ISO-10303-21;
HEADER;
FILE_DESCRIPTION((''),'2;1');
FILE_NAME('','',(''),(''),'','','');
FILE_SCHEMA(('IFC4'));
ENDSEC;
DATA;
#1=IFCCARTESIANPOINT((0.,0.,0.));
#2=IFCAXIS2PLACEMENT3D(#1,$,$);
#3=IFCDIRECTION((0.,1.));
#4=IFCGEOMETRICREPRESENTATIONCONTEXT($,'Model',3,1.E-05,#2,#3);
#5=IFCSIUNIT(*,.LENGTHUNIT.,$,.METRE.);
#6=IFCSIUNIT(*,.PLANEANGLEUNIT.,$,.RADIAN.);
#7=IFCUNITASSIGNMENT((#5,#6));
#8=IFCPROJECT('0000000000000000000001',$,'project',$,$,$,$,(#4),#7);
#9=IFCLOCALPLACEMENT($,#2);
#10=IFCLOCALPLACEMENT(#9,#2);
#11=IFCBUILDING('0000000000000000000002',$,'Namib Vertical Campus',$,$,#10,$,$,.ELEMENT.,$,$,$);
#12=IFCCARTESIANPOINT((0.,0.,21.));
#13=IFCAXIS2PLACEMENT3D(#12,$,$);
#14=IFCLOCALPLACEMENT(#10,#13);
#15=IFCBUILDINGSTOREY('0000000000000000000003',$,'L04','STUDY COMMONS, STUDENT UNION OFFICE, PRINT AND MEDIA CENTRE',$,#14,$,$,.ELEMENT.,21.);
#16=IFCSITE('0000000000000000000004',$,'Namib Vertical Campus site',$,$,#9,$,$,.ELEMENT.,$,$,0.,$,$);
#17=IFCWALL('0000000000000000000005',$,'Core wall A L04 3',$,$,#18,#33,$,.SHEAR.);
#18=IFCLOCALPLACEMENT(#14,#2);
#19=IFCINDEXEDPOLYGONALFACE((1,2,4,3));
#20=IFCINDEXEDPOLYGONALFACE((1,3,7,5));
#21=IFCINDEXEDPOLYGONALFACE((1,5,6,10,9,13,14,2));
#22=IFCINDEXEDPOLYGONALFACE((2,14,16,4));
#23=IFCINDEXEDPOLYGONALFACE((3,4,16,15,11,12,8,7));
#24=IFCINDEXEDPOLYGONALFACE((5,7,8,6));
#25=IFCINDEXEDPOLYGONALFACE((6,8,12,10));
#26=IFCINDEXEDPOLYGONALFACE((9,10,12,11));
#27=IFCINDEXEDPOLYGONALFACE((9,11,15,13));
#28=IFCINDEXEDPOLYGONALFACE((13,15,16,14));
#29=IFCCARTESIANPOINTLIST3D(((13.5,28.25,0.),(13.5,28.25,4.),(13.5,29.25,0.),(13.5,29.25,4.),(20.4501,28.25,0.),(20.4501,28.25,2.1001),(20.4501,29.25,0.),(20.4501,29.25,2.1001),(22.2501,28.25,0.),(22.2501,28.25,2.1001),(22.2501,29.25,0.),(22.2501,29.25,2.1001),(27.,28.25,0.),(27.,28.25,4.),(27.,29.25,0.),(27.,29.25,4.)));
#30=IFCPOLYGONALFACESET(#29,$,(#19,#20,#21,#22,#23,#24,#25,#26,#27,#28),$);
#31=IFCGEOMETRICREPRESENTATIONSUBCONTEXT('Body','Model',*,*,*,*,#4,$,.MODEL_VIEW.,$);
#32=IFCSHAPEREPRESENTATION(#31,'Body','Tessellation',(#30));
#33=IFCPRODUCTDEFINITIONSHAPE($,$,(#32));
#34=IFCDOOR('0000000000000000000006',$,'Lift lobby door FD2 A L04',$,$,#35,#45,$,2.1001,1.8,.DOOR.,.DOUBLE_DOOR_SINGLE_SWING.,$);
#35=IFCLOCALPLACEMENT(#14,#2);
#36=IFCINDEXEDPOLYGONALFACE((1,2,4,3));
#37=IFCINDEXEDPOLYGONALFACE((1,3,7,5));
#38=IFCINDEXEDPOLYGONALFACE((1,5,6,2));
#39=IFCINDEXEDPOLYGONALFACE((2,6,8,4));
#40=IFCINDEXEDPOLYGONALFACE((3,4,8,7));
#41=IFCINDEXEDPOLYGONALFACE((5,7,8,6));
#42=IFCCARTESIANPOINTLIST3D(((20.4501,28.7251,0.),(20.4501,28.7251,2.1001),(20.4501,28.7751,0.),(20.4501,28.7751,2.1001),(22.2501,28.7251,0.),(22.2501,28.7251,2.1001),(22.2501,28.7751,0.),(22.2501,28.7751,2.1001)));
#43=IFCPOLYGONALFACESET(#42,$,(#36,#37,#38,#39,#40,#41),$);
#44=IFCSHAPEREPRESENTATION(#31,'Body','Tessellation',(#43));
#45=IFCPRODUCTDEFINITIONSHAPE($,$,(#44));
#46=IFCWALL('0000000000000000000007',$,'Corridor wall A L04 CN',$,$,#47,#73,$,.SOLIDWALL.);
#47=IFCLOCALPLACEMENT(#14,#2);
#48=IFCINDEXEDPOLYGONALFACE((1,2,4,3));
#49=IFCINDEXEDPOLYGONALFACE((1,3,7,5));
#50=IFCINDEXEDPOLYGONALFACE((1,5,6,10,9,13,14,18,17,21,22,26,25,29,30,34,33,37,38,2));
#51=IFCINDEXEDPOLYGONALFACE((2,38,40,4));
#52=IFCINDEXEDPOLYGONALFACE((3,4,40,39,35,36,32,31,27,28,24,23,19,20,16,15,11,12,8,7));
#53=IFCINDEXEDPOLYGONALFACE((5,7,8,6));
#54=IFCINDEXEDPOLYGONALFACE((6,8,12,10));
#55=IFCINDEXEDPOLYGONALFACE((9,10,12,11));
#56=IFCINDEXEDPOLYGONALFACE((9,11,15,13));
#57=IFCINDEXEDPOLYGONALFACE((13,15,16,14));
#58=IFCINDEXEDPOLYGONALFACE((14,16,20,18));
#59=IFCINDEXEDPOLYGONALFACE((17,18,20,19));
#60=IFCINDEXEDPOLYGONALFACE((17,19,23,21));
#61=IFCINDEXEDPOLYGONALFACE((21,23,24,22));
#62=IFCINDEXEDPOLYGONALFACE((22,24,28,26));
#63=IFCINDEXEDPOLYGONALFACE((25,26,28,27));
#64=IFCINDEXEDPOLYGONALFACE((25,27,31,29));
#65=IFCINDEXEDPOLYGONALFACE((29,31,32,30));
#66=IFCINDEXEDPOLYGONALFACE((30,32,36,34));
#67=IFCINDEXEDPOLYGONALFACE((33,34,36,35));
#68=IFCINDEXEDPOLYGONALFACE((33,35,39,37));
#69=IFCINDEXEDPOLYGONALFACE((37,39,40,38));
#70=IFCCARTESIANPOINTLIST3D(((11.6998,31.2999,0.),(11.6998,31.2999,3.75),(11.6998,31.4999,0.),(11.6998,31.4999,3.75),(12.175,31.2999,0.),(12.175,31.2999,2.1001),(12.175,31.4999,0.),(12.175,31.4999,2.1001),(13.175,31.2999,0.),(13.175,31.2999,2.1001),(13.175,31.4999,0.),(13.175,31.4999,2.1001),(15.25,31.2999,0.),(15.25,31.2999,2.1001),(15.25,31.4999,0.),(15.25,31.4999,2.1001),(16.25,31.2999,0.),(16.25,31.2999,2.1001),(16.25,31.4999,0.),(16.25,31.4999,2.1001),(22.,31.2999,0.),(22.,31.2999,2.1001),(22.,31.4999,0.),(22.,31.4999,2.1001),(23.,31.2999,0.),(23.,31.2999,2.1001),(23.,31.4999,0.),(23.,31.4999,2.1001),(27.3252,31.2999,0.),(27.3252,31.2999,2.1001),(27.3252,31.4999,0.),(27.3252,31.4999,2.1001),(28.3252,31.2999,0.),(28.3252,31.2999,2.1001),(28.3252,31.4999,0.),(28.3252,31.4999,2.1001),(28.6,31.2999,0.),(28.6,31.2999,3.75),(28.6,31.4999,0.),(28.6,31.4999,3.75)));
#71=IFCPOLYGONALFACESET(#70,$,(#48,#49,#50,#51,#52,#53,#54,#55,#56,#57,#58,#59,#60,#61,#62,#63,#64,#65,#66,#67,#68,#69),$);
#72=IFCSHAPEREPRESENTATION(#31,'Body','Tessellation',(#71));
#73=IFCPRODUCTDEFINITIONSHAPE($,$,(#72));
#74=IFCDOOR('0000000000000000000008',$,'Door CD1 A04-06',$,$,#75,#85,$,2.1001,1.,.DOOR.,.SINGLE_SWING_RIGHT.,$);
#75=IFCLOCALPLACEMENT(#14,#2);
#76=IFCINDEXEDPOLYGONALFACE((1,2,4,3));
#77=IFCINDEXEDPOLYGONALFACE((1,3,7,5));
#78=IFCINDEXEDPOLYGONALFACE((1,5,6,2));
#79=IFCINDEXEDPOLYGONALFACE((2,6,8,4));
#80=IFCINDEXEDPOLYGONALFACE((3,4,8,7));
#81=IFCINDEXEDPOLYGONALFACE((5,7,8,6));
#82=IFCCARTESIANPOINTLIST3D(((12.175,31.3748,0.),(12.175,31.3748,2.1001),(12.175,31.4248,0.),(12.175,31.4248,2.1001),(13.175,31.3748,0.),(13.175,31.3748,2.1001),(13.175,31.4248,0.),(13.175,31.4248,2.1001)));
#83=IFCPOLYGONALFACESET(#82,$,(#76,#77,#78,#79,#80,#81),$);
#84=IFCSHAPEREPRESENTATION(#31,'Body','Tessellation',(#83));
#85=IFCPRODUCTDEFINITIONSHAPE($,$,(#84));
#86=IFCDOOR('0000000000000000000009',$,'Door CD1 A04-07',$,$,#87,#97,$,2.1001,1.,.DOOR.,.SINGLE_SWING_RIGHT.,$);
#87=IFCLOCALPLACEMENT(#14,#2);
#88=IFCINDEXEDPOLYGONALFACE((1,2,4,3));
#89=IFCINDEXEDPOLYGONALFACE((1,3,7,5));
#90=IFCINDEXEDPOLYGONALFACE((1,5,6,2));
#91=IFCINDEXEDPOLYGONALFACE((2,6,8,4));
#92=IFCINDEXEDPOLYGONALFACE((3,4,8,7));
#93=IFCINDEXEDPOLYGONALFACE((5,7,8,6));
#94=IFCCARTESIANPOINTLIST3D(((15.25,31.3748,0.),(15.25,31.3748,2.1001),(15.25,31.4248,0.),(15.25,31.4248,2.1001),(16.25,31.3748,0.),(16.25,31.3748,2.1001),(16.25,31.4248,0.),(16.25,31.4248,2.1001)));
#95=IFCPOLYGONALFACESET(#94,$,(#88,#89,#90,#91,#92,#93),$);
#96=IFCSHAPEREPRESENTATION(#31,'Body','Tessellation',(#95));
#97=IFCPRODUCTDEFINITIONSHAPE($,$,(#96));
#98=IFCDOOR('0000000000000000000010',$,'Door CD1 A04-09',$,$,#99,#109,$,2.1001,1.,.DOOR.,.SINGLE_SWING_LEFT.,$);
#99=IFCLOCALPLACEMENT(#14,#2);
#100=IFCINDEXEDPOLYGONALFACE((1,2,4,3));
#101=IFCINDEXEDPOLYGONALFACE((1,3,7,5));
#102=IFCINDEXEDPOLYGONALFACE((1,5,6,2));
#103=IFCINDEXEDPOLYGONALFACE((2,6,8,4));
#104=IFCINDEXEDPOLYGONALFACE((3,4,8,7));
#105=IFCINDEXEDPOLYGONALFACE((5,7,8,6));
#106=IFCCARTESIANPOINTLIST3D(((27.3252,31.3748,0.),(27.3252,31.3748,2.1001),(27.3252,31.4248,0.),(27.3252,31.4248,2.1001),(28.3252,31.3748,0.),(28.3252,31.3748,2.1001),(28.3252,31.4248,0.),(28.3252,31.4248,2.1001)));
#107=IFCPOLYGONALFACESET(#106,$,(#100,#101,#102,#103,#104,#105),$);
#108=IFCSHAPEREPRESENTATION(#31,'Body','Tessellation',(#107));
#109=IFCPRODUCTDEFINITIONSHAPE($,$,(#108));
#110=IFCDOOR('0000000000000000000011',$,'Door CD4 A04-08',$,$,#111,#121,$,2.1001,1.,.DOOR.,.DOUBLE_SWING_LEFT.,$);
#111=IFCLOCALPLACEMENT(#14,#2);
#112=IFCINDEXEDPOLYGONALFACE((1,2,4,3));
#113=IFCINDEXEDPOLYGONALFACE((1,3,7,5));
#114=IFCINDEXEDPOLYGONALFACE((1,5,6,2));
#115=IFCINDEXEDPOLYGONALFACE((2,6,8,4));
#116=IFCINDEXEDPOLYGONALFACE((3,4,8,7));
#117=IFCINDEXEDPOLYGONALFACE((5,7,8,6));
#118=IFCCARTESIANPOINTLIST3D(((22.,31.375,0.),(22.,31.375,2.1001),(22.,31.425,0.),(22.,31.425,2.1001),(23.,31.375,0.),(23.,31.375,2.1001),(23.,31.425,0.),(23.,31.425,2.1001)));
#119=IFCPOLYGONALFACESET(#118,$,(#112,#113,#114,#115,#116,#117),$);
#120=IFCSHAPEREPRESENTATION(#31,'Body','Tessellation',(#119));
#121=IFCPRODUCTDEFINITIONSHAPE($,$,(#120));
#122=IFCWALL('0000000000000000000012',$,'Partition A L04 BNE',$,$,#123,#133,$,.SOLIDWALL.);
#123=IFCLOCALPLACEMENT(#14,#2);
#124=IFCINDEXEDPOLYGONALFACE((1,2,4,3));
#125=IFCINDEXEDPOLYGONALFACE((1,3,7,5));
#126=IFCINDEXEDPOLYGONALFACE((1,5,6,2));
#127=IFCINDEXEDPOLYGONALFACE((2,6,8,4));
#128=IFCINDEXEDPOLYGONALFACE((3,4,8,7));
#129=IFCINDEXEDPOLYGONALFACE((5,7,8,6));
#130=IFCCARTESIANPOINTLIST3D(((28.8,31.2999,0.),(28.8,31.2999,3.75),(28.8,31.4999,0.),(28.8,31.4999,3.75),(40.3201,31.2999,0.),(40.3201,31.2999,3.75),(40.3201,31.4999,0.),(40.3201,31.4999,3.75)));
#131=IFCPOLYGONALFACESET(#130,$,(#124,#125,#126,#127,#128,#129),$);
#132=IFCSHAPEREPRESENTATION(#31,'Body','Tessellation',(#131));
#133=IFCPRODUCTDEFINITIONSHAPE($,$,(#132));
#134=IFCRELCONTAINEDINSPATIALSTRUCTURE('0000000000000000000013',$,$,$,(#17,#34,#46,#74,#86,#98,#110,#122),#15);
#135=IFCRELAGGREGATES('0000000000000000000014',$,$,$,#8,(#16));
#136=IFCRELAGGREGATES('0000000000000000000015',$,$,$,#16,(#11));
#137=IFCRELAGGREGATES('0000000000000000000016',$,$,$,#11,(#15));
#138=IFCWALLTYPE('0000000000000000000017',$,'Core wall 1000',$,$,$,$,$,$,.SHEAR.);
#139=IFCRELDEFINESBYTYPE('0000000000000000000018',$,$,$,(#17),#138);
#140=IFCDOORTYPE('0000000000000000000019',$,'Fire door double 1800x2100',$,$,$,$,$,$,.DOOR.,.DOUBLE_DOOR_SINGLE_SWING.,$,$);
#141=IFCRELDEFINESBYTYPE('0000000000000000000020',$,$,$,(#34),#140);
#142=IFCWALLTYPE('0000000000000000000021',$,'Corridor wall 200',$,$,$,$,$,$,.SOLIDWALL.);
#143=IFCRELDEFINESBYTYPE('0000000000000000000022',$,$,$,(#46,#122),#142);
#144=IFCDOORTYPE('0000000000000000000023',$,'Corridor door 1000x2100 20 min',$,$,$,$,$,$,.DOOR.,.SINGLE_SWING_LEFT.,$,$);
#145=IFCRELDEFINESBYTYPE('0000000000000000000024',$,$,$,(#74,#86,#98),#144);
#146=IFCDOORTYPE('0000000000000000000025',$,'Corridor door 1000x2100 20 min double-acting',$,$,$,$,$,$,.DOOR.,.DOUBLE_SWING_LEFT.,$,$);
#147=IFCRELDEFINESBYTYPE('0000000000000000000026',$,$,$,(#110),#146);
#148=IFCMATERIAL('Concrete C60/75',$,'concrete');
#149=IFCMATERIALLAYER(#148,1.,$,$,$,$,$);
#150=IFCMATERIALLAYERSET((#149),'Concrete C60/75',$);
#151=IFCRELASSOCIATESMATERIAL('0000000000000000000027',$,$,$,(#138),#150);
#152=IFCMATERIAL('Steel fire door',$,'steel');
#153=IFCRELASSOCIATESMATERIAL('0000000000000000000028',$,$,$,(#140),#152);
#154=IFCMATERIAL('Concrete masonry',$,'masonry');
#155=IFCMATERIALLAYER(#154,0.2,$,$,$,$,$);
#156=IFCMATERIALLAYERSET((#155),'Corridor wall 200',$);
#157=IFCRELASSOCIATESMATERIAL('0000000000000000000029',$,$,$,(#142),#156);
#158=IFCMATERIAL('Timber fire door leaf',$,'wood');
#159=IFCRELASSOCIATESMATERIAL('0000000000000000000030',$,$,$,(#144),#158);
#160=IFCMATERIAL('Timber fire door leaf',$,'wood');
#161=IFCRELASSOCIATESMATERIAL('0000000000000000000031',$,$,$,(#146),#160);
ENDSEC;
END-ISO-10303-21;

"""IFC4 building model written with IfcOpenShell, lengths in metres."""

from ifc_helpers import new_model, si_unit, direction, frame, frame_2d, origin, place, context, subcontext, project, spatial, rectangle, extrude, material, layer, layer_set, type_object, element, fill, save


model = new_model("IFC4")

# Units and contexts
model_context = context("Model", 3, precision=1e-05, world=origin(), true_north=direction((0.0, 1.0)))
body_context = subcontext(model_context, "Body", "Model", "MODEL_VIEW")
ifc_project = project(units=[si_unit("LENGTHUNIT", "METRE"), si_unit("PLANEANGLEUNIT", "RADIAN")], contexts=[model_context])

# Site, building, storey
site_placement = place(None, origin())
site = spatial("IfcSite", under=ifc_project, at=site_placement, Name="Namib Vertical Campus site", CompositionType="ELEMENT", RefElevation=0.0)
building_placement = place(site_placement, origin())
building = spatial("IfcBuilding", under=site, at=building_placement, Name="Namib Vertical Campus", CompositionType="ELEMENT")
storey_placement = place(building_placement, frame((0.0, 0.0, 21.0)))
storey = spatial("IfcBuildingStorey", under=building, at=storey_placement, Name="L04", Description="STUDY COMMONS, STUDENT UNION OFFICE, PRINT AND MEDIA CENTRE", CompositionType="ELEMENT", Elevation=21.0)

# Wall, opening, door
ifc_material_1 = material(Name="Concrete C60/75", Category="concrete")
ifc_layer_1 = layer(ifc_material_1, 1.0)
ifc_layer_set_1 = layer_set([ifc_layer_1], Name="Concrete C60/75")
wall_type_1 = type_object("IfcWallType", Name="Core wall 1000", PredefinedType="SHEAR", material=ifc_layer_set_1)
wall_1_placement = place(storey_placement, frame((27.0, 28.75, 0.0), z_axis=(0.0, 0.0, 1.0), x_axis=(-1.0, 0.0, 0.0)))
wall_1 = element("IfcWall", 1, at=wall_1_placement, inside=storey, type_object=wall_type_1, Name="Core wall A L04 3", PredefinedType="SHEAR", context=body_context, shape_type="SweptSolid", body=[
    extrude(rectangle(XDim=13.5, YDim=1.0, at=frame_2d((6.75, 0.0))), origin(), (0.0, 0.0, 1.0), 4.0),
])
opening_1_placement = place(wall_1_placement, frame((4.75, 0.0, 0.0)))
opening_1 = element("IfcOpeningElement", 2, at=opening_1_placement, cuts=wall_1, PredefinedType="OPENING", context=body_context, shape_type="SweptSolid", body=[
    extrude(rectangle(XDim=1.8, YDim=2.1001, at=frame_2d((0.8999, 1.05))), frame((0.0, 0.51, 0.0), z_axis=(0.0, -1.0, 0.0), x_axis=(1.0, 0.0, 0.0)), (0.0, 0.0, 1.0), 1.02),
])
ifc_material_2 = material(Name="Steel fire door", Category="steel")
door_type_1 = type_object("IfcDoorType", Name="Fire door double 1800x2100", OperationType="DOUBLE_DOOR_SINGLE_SWING", PredefinedType="DOOR", material=ifc_material_2)
door_1_placement = place(opening_1_placement, origin())
door_1 = element("IfcDoor", 3, at=door_1_placement, inside=storey, type_object=door_type_1, Name="Lift lobby door FD2 A L04", OperationType="DOUBLE_DOOR_SINGLE_SWING", OverallHeight=2.1001, OverallWidth=1.8, PredefinedType="DOOR", context=body_context, shape_type="SweptSolid", body=[
    extrude(rectangle(XDim=1.8, YDim=2.1001, at=frame_2d((0.8999, 1.05))), frame((0.0, 0.0249, 0.0), z_axis=(0.0, -1.0, 0.0), x_axis=(1.0, 0.0, 0.0)), (0.0, 0.0, 1.0), 0.05),
])
fill(opening_1, door_1)

# Wall, openings, doors
ifc_material_3 = material(Name="Concrete masonry", Category="masonry")
ifc_layer_2 = layer(ifc_material_3, 0.2)
ifc_layer_set_2 = layer_set([ifc_layer_2], Name="Corridor wall 200")
wall_type_2 = type_object("IfcWallType", Name="Corridor wall 200", PredefinedType="SOLIDWALL", material=ifc_layer_set_2)
wall_2_placement = place(storey_placement, frame((28.6001, 31.3999, 0.0), z_axis=(0.0, 0.0, 1.0), x_axis=(-1.0, 0.0, 0.0)))
wall_2 = element("IfcWall", 4, at=wall_2_placement, inside=storey, type_object=wall_type_2, Name="Corridor wall A L04 CN", PredefinedType="SOLIDWALL", context=body_context, shape_type="SweptSolid", body=[
    extrude(rectangle(XDim=16.9001, YDim=0.2, at=frame_2d((8.4502, 0.0))), origin(), (0.0, 0.0, 1.0), 3.75),
])
opening_2_placement = place(wall_2_placement, frame((15.425, 0.0, 0.0)))
opening_2 = element("IfcOpeningElement", 5, at=opening_2_placement, cuts=wall_2, PredefinedType="OPENING", context=body_context, shape_type="SweptSolid", body=[
    extrude(rectangle(XDim=1.0, YDim=2.1001, at=frame_2d((0.5, 1.05))), frame((0.0, 0.1099, 0.0), z_axis=(0.0, -1.0, 0.0), x_axis=(1.0, 0.0, 0.0)), (0.0, 0.0, 1.0), 0.22),
])
opening_3_placement = place(wall_2_placement, frame((12.3501, 0.0, 0.0)))
opening_3 = element("IfcOpeningElement", 6, at=opening_3_placement, cuts=wall_2, PredefinedType="OPENING", context=body_context, shape_type="SweptSolid", body=[
    extrude(rectangle(XDim=1.0, YDim=2.1001, at=frame_2d((0.5, 1.05))), frame((0.0, 0.1099, 0.0), z_axis=(0.0, -1.0, 0.0), x_axis=(1.0, 0.0, 0.0)), (0.0, 0.0, 1.0), 0.22),
])
opening_4_placement = place(wall_2_placement, frame((5.6001, 0.0, 0.0)))
opening_4 = element("IfcOpeningElement", 7, at=opening_4_placement, cuts=wall_2, PredefinedType="OPENING", context=body_context, shape_type="SweptSolid", body=[
    extrude(rectangle(XDim=1.0, YDim=2.1001, at=frame_2d((0.5, 1.05))), frame((0.0, 0.1099, 0.0), z_axis=(0.0, -1.0, 0.0), x_axis=(1.0, 0.0, 0.0)), (0.0, 0.0, 1.0), 0.22),
])
opening_5_placement = place(wall_2_placement, frame((0.2749, 0.0, 0.0)))
opening_5 = element("IfcOpeningElement", 8, at=opening_5_placement, cuts=wall_2, PredefinedType="OPENING", context=body_context, shape_type="SweptSolid", body=[
    extrude(rectangle(XDim=1.0, YDim=2.1001, at=frame_2d((0.5, 1.05))), frame((0.0, 0.1099, 0.0), z_axis=(0.0, -1.0, 0.0), x_axis=(1.0, 0.0, 0.0)), (0.0, 0.0, 1.0), 0.22),
])
ifc_material_4 = material(Name="Timber fire door leaf", Category="wood")
door_type_2 = type_object("IfcDoorType", Name="Corridor door 1000x2100 20 min", OperationType="SINGLE_SWING_LEFT", PredefinedType="DOOR", material=ifc_material_4)
door_2_placement = place(opening_2_placement, frame((1.0, 0.0, 0.0), z_axis=(0.0, 0.0, 1.0), x_axis=(-1.0, 0.0, 0.0)))
door_2 = element("IfcDoor", 9, at=door_2_placement, inside=storey, type_object=door_type_2, Name="Door CD1 A04-06", OperationType="SINGLE_SWING_RIGHT", OverallHeight=2.1001, OverallWidth=1.0, PredefinedType="DOOR", context=body_context, shape_type="SweptSolid", body=[
    extrude(rectangle(XDim=1.0, YDim=2.1001, at=frame_2d((0.5, 1.05))), frame((0.0, 0.0249, 0.0), z_axis=(0.0, -1.0, 0.0), x_axis=(1.0, 0.0, 0.0)), (0.0, 0.0, 1.0), 0.05),
])
fill(opening_2, door_2)
door_3_placement = place(opening_3_placement, frame((1.0, 0.0, 0.0), z_axis=(0.0, 0.0, 1.0), x_axis=(-1.0, 0.0, 0.0)))
door_3 = element("IfcDoor", 10, at=door_3_placement, inside=storey, type_object=door_type_2, Name="Door CD1 A04-07", OperationType="SINGLE_SWING_RIGHT", OverallHeight=2.1001, OverallWidth=1.0, PredefinedType="DOOR", context=body_context, shape_type="SweptSolid", body=[
    extrude(rectangle(XDim=1.0, YDim=2.1001, at=frame_2d((0.5, 1.05))), frame((0.0, 0.0249, 0.0), z_axis=(0.0, -1.0, 0.0), x_axis=(1.0, 0.0, 0.0)), (0.0, 0.0, 1.0), 0.05),
])
fill(opening_3, door_3)
door_4_placement = place(opening_5_placement, frame((1.0, 0.0, 0.0), z_axis=(0.0, 0.0, 1.0), x_axis=(-1.0, 0.0, 0.0)))
door_4 = element("IfcDoor", 11, at=door_4_placement, inside=storey, type_object=door_type_2, Name="Door CD1 A04-09", OperationType="SINGLE_SWING_LEFT", OverallHeight=2.1001, OverallWidth=1.0, PredefinedType="DOOR", context=body_context, shape_type="SweptSolid", body=[
    extrude(rectangle(XDim=1.0, YDim=2.1001, at=frame_2d((0.5, 1.05))), frame((0.0, 0.0249, 0.0), z_axis=(0.0, -1.0, 0.0), x_axis=(1.0, 0.0, 0.0)), (0.0, 0.0, 1.0), 0.05),
])
fill(opening_5, door_4)
ifc_material_5 = material(Name="Timber fire door leaf", Category="wood")
door_type_3 = type_object("IfcDoorType", Name="Corridor door 1000x2100 20 min double-acting", OperationType="DOUBLE_SWING_LEFT", PredefinedType="DOOR", material=ifc_material_5)
door_5_placement = place(opening_4_placement, origin())
door_5 = element("IfcDoor", 12, at=door_5_placement, inside=storey, type_object=door_type_3, Name="Door CD4 A04-08", OperationType="DOUBLE_SWING_LEFT", OverallHeight=2.1001, OverallWidth=1.0, PredefinedType="DOOR", context=body_context, shape_type="SweptSolid", body=[
    extrude(rectangle(XDim=1.0, YDim=2.1001, at=frame_2d((0.5, 1.05))), frame((0.0, 0.0249, 0.0), z_axis=(0.0, -1.0, 0.0), x_axis=(1.0, 0.0, 0.0)), (0.0, 0.0, 1.0), 0.05),
])
fill(opening_4, door_5)

# Wall
wall_3_placement = place(storey_placement, frame((28.8, 31.3999, 0.0), z_axis=(0.0, 0.0, 1.0), x_axis=(1.0, 0.0, 0.0)))
element("IfcWall", 13, at=wall_3_placement, inside=storey, type_object=wall_type_2, Name="Partition A L04 BNE", PredefinedType="SOLIDWALL", context=body_context, shape_type="SweptSolid", body=[
    extrude(rectangle(XDim=11.52, YDim=0.2, at=frame_2d((5.76, 0.0))), origin(), (0.0, 0.0, 1.0), 3.75),
])

save(model, "model.ifc")
